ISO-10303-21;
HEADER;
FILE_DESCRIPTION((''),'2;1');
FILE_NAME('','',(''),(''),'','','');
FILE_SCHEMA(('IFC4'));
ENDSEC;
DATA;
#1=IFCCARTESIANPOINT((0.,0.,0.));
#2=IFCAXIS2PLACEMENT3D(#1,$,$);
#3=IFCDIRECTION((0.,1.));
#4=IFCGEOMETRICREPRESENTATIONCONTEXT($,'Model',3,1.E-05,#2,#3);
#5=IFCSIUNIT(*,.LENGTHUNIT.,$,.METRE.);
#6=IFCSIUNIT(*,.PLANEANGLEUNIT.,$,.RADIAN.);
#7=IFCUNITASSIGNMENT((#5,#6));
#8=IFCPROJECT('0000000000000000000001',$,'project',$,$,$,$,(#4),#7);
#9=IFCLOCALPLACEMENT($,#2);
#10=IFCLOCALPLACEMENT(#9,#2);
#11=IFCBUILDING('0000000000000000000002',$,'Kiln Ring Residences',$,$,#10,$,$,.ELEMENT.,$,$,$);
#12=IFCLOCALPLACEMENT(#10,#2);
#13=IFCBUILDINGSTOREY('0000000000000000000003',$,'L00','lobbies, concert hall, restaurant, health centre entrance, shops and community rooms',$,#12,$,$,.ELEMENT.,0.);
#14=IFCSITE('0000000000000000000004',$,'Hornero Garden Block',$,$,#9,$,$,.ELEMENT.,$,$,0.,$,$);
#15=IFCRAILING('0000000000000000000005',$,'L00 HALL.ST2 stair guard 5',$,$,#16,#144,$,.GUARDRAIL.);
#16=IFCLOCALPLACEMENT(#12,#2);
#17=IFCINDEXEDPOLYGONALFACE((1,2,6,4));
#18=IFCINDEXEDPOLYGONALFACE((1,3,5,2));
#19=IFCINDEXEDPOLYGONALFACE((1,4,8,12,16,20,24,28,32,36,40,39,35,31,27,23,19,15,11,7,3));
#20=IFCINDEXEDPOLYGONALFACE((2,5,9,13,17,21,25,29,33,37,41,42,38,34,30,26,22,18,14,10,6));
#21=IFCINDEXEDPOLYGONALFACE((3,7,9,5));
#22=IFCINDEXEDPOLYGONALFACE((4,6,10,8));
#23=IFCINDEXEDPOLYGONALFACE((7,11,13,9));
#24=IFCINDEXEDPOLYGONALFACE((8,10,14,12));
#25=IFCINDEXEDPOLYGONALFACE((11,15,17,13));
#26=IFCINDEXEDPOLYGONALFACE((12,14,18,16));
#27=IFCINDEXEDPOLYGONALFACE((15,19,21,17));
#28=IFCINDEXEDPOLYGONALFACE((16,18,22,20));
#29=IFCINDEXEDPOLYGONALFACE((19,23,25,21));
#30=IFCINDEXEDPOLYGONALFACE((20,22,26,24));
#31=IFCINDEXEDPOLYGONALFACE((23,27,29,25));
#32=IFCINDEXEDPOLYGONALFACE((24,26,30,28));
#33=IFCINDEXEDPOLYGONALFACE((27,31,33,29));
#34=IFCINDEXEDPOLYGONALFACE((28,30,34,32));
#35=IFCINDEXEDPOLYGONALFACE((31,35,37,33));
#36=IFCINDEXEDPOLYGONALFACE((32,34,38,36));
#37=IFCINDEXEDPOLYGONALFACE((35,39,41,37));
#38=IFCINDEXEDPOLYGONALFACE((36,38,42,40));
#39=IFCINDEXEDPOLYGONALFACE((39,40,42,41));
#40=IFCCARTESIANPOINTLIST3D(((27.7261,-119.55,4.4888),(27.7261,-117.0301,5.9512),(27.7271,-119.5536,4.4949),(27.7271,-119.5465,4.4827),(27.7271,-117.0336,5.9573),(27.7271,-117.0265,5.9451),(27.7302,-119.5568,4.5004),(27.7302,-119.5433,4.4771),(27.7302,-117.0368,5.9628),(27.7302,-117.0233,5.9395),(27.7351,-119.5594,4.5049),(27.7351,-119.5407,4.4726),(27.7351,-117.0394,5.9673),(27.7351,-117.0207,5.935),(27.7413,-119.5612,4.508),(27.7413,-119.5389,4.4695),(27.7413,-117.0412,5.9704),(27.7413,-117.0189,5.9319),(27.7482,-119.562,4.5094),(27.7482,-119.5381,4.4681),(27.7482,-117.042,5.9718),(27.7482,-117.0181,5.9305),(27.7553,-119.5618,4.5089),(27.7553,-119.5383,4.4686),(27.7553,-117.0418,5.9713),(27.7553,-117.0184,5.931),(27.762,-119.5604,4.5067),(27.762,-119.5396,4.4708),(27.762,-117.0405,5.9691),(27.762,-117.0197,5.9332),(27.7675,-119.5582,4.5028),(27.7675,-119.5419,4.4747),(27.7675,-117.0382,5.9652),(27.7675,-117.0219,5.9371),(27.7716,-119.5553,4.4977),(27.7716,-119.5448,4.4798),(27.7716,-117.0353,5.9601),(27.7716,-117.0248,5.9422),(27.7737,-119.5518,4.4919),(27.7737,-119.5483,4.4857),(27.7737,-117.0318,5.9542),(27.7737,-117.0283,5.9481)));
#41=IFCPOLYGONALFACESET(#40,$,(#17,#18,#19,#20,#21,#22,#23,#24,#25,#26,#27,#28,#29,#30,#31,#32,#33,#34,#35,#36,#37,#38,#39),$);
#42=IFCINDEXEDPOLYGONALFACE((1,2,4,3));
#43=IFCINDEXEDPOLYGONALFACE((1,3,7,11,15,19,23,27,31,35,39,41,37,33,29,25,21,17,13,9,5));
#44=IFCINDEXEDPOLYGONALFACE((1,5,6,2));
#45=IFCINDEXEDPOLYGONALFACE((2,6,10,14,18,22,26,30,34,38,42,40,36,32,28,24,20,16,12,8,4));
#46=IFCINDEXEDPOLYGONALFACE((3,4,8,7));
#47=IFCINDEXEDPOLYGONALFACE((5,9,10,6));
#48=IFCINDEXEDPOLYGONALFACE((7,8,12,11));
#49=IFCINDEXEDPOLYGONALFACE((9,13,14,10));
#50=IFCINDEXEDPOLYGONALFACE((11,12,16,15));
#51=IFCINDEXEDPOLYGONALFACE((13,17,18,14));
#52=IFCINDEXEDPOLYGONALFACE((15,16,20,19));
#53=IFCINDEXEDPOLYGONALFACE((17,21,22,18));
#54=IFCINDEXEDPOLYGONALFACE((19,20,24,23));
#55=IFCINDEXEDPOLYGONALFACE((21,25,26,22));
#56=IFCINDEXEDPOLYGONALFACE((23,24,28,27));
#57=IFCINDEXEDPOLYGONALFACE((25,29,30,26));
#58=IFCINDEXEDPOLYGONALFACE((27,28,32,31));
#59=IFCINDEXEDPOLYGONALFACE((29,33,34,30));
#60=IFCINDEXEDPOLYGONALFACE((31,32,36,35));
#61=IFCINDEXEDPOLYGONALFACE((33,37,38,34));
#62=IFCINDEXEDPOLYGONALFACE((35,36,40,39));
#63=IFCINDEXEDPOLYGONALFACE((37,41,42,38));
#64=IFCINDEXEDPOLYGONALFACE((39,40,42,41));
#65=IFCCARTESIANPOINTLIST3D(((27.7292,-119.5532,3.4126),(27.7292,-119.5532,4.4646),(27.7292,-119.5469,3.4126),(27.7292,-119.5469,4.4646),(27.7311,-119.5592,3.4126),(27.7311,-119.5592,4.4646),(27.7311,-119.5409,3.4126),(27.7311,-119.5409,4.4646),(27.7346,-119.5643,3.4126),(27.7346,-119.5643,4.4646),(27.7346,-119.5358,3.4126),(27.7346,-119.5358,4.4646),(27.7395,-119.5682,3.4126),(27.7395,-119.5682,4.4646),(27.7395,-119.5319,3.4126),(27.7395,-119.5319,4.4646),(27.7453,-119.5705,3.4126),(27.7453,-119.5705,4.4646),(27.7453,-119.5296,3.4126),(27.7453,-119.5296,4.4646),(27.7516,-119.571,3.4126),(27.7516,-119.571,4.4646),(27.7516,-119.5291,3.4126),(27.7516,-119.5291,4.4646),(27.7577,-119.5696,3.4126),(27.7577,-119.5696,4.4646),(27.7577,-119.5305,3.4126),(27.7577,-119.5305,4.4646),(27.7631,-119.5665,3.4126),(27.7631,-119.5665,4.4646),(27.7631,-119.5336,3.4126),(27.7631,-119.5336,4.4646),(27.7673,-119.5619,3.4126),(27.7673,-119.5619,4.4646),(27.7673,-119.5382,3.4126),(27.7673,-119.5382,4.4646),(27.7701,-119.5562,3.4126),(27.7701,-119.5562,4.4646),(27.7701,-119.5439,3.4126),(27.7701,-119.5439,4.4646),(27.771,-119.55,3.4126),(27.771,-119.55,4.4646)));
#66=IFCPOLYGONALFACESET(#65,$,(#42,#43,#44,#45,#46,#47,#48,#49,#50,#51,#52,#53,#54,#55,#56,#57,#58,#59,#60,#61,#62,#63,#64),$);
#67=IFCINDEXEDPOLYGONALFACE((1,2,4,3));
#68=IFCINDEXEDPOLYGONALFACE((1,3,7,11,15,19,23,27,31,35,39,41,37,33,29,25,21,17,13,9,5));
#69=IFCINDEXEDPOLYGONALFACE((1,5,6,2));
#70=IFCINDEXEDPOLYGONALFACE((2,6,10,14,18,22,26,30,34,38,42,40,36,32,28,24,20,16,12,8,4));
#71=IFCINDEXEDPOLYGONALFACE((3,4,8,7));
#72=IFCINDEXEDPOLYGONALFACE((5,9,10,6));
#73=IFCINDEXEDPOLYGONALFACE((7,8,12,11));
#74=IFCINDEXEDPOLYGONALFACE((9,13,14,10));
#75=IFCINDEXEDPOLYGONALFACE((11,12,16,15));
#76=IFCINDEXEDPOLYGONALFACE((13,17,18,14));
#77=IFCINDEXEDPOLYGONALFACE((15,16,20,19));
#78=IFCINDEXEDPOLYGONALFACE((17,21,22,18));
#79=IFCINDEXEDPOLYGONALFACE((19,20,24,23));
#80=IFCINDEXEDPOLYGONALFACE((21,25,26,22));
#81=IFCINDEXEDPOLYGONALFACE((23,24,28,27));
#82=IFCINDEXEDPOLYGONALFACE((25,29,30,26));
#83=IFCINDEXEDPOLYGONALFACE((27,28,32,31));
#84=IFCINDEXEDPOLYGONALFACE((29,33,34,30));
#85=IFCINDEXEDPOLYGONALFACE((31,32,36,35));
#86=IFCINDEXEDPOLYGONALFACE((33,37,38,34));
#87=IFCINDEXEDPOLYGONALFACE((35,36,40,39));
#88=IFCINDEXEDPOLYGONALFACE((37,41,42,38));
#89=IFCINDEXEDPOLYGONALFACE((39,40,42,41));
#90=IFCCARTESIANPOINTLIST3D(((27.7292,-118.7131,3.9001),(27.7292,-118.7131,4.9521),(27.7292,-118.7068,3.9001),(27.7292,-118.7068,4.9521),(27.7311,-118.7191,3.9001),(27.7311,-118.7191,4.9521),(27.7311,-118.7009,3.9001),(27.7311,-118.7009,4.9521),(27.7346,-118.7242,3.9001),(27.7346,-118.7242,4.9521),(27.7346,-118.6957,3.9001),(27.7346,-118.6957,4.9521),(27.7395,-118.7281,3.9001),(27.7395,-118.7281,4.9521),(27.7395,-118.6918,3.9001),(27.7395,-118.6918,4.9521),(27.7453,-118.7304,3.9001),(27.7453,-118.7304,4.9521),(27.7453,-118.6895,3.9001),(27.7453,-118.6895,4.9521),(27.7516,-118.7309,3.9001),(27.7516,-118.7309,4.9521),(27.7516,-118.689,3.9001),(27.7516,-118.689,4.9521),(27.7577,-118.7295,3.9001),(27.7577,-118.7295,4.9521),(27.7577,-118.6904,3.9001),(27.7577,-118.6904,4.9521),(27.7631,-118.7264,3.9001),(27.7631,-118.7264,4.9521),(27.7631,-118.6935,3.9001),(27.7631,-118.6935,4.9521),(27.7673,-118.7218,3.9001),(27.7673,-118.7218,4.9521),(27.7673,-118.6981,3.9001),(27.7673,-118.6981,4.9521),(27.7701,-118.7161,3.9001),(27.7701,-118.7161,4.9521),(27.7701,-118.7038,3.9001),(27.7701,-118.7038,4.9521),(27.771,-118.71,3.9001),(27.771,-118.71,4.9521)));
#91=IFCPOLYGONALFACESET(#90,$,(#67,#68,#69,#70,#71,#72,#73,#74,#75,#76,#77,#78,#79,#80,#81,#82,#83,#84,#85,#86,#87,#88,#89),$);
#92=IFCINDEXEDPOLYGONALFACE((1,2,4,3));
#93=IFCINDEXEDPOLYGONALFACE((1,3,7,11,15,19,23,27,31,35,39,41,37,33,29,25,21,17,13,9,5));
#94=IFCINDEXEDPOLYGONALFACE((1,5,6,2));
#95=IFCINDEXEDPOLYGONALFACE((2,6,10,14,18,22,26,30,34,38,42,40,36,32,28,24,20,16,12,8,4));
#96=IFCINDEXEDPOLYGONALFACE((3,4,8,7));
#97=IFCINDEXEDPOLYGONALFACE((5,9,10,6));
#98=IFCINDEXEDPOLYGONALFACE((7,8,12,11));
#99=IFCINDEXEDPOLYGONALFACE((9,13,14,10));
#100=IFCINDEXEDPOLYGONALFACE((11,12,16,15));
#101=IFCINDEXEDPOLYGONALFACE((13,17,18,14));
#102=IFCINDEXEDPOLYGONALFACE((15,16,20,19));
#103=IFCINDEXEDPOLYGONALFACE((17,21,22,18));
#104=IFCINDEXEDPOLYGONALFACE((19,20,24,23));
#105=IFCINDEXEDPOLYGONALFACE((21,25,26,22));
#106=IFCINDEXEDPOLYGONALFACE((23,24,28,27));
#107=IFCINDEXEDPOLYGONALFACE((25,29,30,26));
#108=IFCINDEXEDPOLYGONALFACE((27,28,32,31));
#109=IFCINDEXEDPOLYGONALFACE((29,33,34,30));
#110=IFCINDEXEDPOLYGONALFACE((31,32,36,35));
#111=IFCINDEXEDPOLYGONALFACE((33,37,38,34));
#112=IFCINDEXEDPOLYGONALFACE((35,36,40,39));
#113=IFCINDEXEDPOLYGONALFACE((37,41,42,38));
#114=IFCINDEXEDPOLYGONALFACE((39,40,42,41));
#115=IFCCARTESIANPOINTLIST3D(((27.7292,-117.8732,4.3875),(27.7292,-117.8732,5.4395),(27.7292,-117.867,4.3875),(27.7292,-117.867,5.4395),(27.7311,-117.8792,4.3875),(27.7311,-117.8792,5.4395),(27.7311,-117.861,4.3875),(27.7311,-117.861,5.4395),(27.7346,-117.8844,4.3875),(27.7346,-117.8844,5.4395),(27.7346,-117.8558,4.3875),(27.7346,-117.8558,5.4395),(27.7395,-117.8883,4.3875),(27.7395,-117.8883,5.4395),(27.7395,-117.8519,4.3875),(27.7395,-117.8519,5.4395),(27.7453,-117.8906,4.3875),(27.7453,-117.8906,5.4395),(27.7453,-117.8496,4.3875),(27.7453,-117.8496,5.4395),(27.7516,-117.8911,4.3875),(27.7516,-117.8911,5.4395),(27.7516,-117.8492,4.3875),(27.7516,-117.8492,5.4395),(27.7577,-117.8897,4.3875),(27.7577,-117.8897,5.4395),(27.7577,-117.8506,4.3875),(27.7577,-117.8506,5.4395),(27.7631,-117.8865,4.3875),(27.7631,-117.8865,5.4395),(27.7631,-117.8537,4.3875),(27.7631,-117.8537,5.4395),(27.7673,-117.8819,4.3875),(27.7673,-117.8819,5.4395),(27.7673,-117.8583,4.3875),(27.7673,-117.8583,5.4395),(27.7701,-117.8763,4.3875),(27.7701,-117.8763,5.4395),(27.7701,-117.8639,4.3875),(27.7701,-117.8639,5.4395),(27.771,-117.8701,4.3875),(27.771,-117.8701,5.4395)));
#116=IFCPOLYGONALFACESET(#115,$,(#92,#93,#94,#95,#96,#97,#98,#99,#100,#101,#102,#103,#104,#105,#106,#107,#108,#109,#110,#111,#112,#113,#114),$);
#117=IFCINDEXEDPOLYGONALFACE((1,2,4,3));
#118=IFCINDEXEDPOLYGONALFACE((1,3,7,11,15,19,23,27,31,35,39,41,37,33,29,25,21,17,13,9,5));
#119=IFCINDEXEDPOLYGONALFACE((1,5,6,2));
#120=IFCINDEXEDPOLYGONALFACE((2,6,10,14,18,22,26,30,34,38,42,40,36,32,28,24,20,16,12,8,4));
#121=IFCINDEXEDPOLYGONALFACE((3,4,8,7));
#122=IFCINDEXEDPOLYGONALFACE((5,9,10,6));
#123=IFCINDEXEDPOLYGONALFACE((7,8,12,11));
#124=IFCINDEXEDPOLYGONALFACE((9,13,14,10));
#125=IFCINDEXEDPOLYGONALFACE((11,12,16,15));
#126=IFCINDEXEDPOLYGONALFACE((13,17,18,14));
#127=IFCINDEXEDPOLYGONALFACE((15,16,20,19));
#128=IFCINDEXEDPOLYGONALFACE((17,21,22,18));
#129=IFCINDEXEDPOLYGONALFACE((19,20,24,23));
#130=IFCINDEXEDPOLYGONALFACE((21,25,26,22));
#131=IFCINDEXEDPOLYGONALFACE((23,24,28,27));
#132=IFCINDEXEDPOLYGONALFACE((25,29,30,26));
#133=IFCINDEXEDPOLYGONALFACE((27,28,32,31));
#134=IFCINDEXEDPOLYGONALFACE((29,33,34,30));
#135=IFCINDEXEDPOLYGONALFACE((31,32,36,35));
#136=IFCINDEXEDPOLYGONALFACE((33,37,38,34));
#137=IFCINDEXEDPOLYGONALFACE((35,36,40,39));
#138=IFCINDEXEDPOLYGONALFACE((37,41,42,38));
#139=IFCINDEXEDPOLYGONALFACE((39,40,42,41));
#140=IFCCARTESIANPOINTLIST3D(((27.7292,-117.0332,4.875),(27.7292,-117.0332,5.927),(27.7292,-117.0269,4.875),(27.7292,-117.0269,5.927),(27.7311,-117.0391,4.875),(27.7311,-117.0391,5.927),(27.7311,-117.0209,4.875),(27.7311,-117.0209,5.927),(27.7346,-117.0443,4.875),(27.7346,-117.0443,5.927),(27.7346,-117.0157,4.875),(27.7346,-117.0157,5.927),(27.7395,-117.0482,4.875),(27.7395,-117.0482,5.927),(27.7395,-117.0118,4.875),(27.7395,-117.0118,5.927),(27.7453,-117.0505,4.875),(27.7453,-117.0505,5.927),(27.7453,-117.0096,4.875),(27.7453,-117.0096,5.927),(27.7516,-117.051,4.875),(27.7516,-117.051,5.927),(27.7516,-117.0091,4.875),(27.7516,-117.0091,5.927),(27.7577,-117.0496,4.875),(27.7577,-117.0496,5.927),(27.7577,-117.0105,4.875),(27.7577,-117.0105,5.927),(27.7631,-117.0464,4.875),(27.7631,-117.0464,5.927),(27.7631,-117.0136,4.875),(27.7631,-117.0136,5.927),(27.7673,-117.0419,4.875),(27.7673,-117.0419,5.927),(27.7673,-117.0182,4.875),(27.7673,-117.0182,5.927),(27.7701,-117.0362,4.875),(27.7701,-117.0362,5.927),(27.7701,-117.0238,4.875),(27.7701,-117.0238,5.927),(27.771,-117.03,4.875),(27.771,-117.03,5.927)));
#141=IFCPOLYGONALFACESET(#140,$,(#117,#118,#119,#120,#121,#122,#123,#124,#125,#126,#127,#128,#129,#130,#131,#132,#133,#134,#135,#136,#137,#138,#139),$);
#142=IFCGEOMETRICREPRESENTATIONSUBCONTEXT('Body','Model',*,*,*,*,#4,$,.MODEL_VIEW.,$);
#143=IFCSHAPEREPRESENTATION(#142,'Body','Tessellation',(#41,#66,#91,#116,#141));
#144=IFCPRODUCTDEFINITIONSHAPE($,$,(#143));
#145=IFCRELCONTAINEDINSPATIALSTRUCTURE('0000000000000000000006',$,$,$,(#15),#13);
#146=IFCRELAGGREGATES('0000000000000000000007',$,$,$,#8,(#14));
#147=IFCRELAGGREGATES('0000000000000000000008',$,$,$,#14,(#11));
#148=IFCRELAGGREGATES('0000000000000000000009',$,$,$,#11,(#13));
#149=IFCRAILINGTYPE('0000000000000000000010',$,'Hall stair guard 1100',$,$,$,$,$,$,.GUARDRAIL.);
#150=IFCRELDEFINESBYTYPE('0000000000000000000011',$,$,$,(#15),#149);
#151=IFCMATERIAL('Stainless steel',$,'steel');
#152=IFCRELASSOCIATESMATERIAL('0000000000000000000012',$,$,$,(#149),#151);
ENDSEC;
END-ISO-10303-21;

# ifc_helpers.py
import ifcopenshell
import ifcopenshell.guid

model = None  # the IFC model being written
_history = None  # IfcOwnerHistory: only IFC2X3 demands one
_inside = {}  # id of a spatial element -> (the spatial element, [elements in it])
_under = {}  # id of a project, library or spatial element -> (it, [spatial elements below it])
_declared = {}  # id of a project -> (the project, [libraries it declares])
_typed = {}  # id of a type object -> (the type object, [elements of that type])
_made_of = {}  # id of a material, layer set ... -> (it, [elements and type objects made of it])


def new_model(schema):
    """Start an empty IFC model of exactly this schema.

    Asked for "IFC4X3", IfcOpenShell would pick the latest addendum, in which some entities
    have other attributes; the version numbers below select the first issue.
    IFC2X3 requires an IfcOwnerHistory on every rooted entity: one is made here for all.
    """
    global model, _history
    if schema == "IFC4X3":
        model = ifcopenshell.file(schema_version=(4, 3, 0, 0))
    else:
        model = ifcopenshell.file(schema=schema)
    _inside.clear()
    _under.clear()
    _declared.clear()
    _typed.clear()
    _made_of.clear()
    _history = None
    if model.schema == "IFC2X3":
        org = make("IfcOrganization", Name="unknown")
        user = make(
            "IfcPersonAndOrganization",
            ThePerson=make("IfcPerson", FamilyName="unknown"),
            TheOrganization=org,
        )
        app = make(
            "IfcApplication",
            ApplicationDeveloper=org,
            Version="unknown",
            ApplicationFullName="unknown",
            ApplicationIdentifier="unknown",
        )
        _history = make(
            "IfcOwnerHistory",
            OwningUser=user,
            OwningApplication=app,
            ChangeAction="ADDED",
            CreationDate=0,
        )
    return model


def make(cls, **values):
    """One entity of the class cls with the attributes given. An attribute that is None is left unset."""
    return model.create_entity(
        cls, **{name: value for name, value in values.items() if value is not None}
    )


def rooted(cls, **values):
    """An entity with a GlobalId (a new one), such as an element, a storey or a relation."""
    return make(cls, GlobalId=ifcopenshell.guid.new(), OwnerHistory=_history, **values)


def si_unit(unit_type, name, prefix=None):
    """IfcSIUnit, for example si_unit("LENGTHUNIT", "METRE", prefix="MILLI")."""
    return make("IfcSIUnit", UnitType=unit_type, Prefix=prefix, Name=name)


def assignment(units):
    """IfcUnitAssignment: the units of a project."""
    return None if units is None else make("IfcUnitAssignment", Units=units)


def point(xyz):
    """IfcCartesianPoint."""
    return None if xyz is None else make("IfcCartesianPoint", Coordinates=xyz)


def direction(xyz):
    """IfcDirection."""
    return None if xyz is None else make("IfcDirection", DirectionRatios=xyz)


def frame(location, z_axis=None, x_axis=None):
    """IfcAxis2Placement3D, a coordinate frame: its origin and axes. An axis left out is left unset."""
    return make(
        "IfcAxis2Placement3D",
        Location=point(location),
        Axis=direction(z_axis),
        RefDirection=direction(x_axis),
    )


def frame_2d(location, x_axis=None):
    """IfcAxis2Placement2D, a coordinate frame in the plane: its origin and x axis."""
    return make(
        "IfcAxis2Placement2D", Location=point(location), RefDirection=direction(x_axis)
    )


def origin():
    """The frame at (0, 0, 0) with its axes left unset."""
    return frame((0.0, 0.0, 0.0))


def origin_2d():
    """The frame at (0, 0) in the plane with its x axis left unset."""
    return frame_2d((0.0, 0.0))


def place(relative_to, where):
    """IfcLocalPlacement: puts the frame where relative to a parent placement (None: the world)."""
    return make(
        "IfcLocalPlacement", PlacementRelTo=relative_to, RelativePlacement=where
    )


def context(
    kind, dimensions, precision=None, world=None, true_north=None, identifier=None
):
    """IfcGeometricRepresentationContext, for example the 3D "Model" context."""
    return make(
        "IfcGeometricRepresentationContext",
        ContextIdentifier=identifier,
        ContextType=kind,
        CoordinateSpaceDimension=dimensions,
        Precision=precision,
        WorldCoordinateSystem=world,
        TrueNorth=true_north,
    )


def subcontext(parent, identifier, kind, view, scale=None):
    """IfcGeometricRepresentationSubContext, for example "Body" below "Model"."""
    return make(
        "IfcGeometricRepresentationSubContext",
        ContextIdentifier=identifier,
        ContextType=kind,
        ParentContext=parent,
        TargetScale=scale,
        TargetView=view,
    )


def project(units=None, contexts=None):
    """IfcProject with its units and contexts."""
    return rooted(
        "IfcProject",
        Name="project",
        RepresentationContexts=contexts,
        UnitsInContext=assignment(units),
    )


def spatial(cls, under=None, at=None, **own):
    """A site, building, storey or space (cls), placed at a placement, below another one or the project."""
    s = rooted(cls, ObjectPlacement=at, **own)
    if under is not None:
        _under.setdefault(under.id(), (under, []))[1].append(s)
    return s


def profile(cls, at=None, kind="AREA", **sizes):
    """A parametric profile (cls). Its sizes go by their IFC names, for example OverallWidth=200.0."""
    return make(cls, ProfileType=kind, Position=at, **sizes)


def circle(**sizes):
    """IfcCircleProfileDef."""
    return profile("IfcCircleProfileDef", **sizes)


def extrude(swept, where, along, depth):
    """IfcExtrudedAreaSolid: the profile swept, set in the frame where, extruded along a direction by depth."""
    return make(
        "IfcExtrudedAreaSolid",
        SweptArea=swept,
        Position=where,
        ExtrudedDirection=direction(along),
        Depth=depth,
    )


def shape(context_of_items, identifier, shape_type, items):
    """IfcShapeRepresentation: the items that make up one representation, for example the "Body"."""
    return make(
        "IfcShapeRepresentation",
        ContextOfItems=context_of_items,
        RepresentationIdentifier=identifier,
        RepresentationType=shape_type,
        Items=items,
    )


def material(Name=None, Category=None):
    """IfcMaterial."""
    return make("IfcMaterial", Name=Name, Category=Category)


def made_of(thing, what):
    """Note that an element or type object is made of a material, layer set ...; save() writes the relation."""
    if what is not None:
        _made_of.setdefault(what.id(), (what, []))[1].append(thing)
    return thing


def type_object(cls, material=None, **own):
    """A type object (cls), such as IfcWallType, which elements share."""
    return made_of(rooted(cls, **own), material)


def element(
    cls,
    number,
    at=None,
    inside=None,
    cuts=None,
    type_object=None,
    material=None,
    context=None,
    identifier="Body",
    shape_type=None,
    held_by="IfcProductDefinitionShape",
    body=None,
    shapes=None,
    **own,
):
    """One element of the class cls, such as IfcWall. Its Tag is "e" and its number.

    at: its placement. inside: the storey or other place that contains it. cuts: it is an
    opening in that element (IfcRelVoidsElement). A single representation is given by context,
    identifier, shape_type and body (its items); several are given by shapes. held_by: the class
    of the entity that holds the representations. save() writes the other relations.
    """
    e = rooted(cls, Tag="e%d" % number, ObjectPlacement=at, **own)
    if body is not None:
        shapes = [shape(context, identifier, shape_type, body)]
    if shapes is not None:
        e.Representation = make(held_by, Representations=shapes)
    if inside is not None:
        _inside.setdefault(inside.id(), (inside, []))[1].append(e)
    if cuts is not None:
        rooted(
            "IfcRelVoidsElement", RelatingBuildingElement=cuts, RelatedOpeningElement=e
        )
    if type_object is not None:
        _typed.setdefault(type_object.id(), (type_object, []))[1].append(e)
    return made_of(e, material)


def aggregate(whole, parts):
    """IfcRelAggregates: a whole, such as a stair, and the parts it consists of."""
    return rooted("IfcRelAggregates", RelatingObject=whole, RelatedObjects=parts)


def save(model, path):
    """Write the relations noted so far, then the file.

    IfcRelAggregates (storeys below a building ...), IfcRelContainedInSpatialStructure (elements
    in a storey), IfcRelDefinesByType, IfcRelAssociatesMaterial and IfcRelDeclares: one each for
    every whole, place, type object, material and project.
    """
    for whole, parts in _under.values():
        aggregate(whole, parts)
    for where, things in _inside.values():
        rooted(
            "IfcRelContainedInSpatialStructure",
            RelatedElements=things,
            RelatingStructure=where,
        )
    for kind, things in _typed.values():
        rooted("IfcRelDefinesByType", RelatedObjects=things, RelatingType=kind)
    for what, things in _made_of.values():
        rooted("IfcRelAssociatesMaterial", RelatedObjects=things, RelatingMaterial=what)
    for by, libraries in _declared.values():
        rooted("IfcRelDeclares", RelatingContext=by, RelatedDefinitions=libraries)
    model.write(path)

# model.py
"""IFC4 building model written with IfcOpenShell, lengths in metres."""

from ifc_helpers import new_model, si_unit, direction, frame, origin, origin_2d, place, context, subcontext, project, spatial, circle, extrude, material, type_object, element, save


model = new_model("IFC4")

# Units and contexts
model_context = context("Model", 3, precision=1e-05, world=origin(), true_north=direction((0.0, 1.0)))
body_context = subcontext(model_context, "Body", "Model", "MODEL_VIEW")
ifc_project = project(units=[si_unit("LENGTHUNIT", "METRE"), si_unit("PLANEANGLEUNIT", "RADIAN")], contexts=[model_context])

# Site, building, storey
site_placement = place(None, origin())
site = spatial("IfcSite", under=ifc_project, at=site_placement, Name="Hornero Garden Block", CompositionType="ELEMENT", RefElevation=0.0)
building_placement = place(site_placement, origin())
building = spatial("IfcBuilding", under=site, at=building_placement, Name="Kiln Ring Residences", CompositionType="ELEMENT")
storey_placement = place(building_placement, origin())
storey = spatial("IfcBuildingStorey", under=building, at=storey_placement, Name="L00", Description="lobbies, concert hall, restaurant, health centre entrance, shops and community rooms", CompositionType="ELEMENT", Elevation=0.0)

# Railing
ifc_material_1 = material(Name="Stainless steel", Category="steel")
railing_type_1 = type_object("IfcRailingType", Name="Hall stair guard 1100", PredefinedType="GUARDRAIL", material=ifc_material_1)
railing_1_placement = place(storey_placement, frame((27.75, -119.55, 3.4126)))
element("IfcRailing", 1, at=railing_1_placement, inside=storey, type_object=railing_type_1, Name="L00 HALL.ST2 stair guard 5", PredefinedType="GUARDRAIL", context=body_context, shape_type="SweptSolid", body=[
    extrude(circle(Radius=0.0239, at=origin_2d()), frame((0.0, 0.0, 1.0762), z_axis=(0.0, 0.864913, 0.501921), x_axis=(-1.0, 0.0, 0.0)), (0.0, 0.0, 1.0), 2.9136),
    extrude(circle(Radius=0.021, at=origin_2d()), origin(), (0.0, 0.0, 1.0), 1.052),
    extrude(circle(Radius=0.021, at=origin_2d()), frame((0.0, 0.8401, 0.4875)), (0.0, 0.0, 1.0), 1.052),
    extrude(circle(Radius=0.021, at=origin_2d()), frame((0.0, 1.6799, 0.9749)), (0.0, 0.0, 1.0), 1.052),
    extrude(circle(Radius=0.021, at=origin_2d()), frame((0.0, 2.52, 1.4624)), (0.0, 0.0, 1.0), 1.052),
])

save(model, "model.ifc")
